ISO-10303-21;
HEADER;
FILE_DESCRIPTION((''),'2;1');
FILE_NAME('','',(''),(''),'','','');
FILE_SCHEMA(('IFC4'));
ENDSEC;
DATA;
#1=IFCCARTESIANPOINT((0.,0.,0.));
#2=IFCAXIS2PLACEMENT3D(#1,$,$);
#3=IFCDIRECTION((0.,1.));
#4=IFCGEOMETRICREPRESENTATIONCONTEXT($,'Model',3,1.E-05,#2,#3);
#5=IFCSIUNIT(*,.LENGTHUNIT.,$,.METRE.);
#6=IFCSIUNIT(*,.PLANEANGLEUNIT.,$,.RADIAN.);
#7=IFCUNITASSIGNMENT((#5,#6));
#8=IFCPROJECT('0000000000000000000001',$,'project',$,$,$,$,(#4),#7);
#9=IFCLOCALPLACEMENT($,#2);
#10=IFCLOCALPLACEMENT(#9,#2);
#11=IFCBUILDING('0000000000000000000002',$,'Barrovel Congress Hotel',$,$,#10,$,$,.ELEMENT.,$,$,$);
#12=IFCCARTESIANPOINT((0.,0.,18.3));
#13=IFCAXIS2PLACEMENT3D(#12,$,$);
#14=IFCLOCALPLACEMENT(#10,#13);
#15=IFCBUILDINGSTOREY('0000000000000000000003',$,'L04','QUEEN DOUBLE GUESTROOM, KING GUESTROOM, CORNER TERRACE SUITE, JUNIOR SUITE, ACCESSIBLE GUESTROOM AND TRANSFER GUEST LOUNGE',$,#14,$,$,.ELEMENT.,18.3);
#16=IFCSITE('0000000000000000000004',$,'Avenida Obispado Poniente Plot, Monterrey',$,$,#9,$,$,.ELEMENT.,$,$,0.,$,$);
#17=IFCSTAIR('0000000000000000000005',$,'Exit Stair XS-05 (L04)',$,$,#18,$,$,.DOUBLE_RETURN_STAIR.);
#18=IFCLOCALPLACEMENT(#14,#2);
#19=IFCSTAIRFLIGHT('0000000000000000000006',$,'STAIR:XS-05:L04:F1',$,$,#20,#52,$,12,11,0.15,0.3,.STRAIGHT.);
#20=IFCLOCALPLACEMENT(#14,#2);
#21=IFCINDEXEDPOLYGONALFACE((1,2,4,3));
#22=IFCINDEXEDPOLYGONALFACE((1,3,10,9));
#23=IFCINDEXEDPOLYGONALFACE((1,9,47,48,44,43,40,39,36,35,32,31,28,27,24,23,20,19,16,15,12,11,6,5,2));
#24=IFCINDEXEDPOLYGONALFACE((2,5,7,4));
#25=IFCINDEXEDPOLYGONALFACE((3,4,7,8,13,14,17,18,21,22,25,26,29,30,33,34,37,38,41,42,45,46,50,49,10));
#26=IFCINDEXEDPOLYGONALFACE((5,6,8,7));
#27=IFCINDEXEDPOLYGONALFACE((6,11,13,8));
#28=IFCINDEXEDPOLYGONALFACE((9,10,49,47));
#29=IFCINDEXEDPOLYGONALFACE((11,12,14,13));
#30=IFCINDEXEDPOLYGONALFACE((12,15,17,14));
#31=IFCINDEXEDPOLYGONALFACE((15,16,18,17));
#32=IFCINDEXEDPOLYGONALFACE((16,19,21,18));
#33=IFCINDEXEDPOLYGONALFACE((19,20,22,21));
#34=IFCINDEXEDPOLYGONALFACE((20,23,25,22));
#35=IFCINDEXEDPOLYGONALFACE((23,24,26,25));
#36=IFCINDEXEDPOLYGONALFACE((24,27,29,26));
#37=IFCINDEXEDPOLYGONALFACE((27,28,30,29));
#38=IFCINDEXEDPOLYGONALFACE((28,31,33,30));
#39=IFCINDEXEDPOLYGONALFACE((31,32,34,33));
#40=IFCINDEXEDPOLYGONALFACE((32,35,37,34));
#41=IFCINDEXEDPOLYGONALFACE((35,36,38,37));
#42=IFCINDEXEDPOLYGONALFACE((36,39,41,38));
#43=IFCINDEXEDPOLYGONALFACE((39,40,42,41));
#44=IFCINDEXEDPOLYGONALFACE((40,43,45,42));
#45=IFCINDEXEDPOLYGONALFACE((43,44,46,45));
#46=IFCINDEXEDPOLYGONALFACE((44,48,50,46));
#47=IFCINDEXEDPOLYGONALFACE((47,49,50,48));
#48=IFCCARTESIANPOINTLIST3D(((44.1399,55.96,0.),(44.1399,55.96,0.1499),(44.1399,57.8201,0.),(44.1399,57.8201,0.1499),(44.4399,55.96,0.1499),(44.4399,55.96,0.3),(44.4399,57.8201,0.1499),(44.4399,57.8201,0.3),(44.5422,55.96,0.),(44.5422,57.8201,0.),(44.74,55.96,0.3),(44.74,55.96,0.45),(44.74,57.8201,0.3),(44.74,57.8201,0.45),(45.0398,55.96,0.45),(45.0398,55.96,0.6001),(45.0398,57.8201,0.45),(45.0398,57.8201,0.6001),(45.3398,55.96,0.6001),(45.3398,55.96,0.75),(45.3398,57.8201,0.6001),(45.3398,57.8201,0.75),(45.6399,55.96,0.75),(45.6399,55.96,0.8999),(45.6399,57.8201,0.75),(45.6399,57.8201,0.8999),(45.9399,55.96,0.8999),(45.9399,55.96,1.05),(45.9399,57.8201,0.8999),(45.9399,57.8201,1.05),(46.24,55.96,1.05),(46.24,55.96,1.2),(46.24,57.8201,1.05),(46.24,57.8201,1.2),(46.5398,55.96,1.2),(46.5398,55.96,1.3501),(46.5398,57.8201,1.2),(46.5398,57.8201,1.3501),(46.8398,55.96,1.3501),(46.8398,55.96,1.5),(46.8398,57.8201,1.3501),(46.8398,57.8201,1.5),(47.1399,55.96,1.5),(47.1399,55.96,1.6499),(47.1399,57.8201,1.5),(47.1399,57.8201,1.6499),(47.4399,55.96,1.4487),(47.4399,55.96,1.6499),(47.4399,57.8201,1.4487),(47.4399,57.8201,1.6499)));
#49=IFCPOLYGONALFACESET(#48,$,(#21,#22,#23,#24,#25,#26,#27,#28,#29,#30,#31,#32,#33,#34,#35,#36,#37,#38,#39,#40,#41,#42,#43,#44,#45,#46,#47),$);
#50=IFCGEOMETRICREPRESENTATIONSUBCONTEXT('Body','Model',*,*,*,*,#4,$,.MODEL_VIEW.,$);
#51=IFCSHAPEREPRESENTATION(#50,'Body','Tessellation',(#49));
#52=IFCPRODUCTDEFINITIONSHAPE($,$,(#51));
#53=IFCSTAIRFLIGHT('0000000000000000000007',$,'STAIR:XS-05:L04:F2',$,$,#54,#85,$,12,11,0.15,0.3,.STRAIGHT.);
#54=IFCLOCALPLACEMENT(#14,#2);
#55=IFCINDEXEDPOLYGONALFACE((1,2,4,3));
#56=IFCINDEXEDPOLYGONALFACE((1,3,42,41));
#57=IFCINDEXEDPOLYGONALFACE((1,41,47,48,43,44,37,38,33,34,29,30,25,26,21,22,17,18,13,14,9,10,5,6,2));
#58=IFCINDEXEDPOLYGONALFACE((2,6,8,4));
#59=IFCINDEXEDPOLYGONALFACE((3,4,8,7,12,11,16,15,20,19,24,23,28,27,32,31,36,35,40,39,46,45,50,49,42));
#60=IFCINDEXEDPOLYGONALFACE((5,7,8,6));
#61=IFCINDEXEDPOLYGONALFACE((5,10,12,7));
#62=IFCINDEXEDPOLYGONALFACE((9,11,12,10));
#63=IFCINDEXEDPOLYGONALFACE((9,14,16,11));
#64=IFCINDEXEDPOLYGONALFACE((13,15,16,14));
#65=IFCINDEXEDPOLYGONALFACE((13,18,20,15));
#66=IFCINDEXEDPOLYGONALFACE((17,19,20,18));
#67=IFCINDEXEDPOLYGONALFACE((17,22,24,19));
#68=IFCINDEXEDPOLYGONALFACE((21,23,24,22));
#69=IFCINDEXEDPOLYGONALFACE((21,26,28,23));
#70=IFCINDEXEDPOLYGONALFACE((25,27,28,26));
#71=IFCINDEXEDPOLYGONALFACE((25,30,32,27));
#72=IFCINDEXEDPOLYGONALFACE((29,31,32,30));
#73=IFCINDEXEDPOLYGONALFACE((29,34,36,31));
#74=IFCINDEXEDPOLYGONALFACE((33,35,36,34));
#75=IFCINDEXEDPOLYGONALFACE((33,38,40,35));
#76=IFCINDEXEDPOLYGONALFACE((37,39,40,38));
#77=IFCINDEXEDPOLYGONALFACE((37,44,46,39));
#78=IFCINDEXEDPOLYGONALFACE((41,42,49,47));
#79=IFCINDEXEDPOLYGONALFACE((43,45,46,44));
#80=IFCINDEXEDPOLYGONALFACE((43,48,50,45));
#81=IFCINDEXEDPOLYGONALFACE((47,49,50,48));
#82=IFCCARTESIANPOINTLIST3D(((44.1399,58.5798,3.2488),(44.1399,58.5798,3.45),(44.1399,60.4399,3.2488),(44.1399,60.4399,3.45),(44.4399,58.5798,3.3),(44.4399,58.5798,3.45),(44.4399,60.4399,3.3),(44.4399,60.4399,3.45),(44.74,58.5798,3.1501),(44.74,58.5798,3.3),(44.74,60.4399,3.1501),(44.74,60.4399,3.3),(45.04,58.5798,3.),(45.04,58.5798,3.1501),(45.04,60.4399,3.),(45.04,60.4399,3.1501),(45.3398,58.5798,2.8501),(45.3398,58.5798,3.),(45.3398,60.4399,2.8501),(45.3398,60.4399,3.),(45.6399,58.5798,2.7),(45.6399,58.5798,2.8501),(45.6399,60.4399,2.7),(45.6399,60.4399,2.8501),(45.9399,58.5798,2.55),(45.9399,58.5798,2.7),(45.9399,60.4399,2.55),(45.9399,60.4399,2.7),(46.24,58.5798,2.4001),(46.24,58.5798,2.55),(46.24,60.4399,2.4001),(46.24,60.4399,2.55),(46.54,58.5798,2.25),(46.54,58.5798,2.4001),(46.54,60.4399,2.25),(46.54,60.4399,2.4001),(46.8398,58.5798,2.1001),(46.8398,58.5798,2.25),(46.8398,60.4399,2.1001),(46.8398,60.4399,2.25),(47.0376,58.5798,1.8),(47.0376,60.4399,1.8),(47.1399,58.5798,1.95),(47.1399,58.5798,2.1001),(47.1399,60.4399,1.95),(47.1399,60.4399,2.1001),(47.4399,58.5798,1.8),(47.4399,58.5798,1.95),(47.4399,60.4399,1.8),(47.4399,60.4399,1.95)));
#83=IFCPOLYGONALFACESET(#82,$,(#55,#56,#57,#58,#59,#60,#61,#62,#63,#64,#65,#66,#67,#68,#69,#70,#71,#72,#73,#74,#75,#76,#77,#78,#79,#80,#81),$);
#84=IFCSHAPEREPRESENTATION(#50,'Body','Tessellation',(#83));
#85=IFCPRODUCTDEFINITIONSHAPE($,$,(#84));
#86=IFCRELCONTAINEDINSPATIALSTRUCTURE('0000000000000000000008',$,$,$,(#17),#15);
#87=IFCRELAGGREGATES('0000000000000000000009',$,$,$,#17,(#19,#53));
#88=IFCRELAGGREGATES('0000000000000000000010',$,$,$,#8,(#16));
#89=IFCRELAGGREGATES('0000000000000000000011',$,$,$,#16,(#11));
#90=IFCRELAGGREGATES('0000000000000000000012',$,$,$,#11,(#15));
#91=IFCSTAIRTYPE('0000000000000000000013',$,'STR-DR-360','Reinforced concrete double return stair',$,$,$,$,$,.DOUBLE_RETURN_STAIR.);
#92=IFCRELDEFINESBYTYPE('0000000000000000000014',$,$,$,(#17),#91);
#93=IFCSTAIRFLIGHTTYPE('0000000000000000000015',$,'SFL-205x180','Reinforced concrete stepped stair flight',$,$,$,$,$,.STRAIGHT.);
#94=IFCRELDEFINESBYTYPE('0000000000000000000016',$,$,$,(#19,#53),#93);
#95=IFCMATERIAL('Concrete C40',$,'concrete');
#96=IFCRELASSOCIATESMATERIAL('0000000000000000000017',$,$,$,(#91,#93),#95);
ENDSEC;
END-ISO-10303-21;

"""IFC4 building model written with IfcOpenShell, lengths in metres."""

from ifc_helpers import new_model, si_unit, direction, frame, origin, place, context, subcontext, project, spatial, polyline, outline, extrude, material, type_object, element, aggregate, save


model = new_model("IFC4")

# Units and contexts
model_context = context("Model", 3, precision=1e-05, world=origin(), true_north=direction((0.0, 1.0)))
body_context = subcontext(model_context, "Body", "Model", "MODEL_VIEW")
ifc_project = project(units=[si_unit("LENGTHUNIT", "METRE"), si_unit("PLANEANGLEUNIT", "RADIAN")], contexts=[model_context])

# Site, building, storey
site_placement = place(None, origin())
site = spatial("IfcSite", under=ifc_project, at=site_placement, Name="Avenida Obispado Poniente Plot, Monterrey", CompositionType="ELEMENT", RefElevation=0.0)
building_placement = place(site_placement, origin())
building = spatial("IfcBuilding", under=site, at=building_placement, Name="Barrovel Congress Hotel", CompositionType="ELEMENT")
storey_placement = place(building_placement, frame((0.0, 0.0, 18.3)))
storey = spatial("IfcBuildingStorey", under=building, at=storey_placement, Name="L04", Description="QUEEN DOUBLE GUESTROOM, KING GUESTROOM, CORNER TERRACE SUITE, JUNIOR SUITE, ACCESSIBLE GUESTROOM AND TRANSFER GUEST LOUNGE", CompositionType="ELEMENT", Elevation=18.3)

# Shared definitions
ifc_material_1 = material(Name="Concrete C40", Category="concrete")

# Stair, stair flights
stair_type = type_object("IfcStairType", Name="STR-DR-360", Description="Reinforced concrete double return stair", PredefinedType="DOUBLE_RETURN_STAIR", material=ifc_material_1)
stair_placement = place(storey_placement, origin())
stair = element("IfcStair", 1, at=stair_placement, inside=storey, type_object=stair_type, Name="Exit Stair XS-05 (L04)", PredefinedType="DOUBLE_RETURN_STAIR")
stair_flight_type = type_object("IfcStairFlightType", Name="SFL-205x180", Description="Reinforced concrete stepped stair flight", PredefinedType="STRAIGHT", material=ifc_material_1)
stair_flight_1_placement = place(storey_placement, frame((44.1399, 56.8899, 0.0), z_axis=(0.0, 0.0, 1.0), x_axis=(1.0, 0.0, 0.0)))
stair_flight_1 = element("IfcStairFlight", 2, at=stair_flight_1_placement, type_object=stair_flight_type, Name="STAIR:XS-05:L04:F1", NumberOfRisers=12, NumberOfTreads=11, PredefinedType="STRAIGHT", RiserHeight=0.15, TreadLength=0.3, context=body_context, shape_type="SweptSolid", body=[
    extrude(outline(polyline([(0.0, 0.0), (0.0, 0.1499), (0.3, 0.1499), (0.3, 0.3), (0.6001, 0.3), (0.6001, 0.45), (0.8999, 0.45), (0.8999, 0.6001), (1.2, 0.6001), (1.2, 0.75), (1.5, 0.75), (1.5, 0.8999), (1.8, 0.8999), (1.8, 1.05), (2.1001, 1.05), (2.1001, 1.2), (2.3999, 1.2), (2.3999, 1.3501), (2.7, 1.3501), (2.7, 1.5), (3.0, 1.5), (3.0, 1.6499), (3.3, 1.6499), (3.3, 1.8), (3.3, 1.4487), (0.4023, 0.0), (0.0, 0.0)])), frame((0.0, 0.9302, 0.0), z_axis=(0.0, -1.0, 0.0), x_axis=(1.0, 0.0, 0.0)), (0.0, 0.0, 1.0), 1.8601),
])
stair_flight_2_placement = place(storey_placement, frame((47.4399, 59.51, 1.8), z_axis=(0.0, 0.0, 1.0), x_axis=(-1.0, 0.0, 0.0)))
stair_flight_2 = element("IfcStairFlight", 3, at=stair_flight_2_placement, type_object=stair_flight_type, Name="STAIR:XS-05:L04:F2", NumberOfRisers=12, NumberOfTreads=11, PredefinedType="STRAIGHT", RiserHeight=0.15, TreadLength=0.3, context=body_context, shape_type="SweptSolid", body=[
    extrude(outline(polyline([(0.0, 0.0), (0.0, 0.1499), (0.3, 0.1499), (0.3, 0.3), (0.6001, 0.3), (0.6001, 0.45), (0.8999, 0.45), (0.8999, 0.6001), (1.2, 0.6001), (1.2, 0.75), (1.5, 0.75), (1.5, 0.8999), (1.8, 0.8999), (1.8, 1.05), (2.1001, 1.05), (2.1001, 1.2), (2.3999, 1.2), (2.3999, 1.3501), (2.7, 1.3501), (2.7, 1.5), (3.0, 1.5), (3.0, 1.6499), (3.3, 1.6499), (3.3, 1.8), (3.3, 1.4487), (0.4023, 0.0), (0.0, 0.0)])), frame((0.0, 0.9302, 0.0), z_axis=(0.0, -1.0, 0.0), x_axis=(1.0, 0.0, 0.0)), (0.0, 0.0, 1.0), 1.8601),
])
aggregate(stair, [stair_flight_1, stair_flight_2])

save(model, "model.ifc")
